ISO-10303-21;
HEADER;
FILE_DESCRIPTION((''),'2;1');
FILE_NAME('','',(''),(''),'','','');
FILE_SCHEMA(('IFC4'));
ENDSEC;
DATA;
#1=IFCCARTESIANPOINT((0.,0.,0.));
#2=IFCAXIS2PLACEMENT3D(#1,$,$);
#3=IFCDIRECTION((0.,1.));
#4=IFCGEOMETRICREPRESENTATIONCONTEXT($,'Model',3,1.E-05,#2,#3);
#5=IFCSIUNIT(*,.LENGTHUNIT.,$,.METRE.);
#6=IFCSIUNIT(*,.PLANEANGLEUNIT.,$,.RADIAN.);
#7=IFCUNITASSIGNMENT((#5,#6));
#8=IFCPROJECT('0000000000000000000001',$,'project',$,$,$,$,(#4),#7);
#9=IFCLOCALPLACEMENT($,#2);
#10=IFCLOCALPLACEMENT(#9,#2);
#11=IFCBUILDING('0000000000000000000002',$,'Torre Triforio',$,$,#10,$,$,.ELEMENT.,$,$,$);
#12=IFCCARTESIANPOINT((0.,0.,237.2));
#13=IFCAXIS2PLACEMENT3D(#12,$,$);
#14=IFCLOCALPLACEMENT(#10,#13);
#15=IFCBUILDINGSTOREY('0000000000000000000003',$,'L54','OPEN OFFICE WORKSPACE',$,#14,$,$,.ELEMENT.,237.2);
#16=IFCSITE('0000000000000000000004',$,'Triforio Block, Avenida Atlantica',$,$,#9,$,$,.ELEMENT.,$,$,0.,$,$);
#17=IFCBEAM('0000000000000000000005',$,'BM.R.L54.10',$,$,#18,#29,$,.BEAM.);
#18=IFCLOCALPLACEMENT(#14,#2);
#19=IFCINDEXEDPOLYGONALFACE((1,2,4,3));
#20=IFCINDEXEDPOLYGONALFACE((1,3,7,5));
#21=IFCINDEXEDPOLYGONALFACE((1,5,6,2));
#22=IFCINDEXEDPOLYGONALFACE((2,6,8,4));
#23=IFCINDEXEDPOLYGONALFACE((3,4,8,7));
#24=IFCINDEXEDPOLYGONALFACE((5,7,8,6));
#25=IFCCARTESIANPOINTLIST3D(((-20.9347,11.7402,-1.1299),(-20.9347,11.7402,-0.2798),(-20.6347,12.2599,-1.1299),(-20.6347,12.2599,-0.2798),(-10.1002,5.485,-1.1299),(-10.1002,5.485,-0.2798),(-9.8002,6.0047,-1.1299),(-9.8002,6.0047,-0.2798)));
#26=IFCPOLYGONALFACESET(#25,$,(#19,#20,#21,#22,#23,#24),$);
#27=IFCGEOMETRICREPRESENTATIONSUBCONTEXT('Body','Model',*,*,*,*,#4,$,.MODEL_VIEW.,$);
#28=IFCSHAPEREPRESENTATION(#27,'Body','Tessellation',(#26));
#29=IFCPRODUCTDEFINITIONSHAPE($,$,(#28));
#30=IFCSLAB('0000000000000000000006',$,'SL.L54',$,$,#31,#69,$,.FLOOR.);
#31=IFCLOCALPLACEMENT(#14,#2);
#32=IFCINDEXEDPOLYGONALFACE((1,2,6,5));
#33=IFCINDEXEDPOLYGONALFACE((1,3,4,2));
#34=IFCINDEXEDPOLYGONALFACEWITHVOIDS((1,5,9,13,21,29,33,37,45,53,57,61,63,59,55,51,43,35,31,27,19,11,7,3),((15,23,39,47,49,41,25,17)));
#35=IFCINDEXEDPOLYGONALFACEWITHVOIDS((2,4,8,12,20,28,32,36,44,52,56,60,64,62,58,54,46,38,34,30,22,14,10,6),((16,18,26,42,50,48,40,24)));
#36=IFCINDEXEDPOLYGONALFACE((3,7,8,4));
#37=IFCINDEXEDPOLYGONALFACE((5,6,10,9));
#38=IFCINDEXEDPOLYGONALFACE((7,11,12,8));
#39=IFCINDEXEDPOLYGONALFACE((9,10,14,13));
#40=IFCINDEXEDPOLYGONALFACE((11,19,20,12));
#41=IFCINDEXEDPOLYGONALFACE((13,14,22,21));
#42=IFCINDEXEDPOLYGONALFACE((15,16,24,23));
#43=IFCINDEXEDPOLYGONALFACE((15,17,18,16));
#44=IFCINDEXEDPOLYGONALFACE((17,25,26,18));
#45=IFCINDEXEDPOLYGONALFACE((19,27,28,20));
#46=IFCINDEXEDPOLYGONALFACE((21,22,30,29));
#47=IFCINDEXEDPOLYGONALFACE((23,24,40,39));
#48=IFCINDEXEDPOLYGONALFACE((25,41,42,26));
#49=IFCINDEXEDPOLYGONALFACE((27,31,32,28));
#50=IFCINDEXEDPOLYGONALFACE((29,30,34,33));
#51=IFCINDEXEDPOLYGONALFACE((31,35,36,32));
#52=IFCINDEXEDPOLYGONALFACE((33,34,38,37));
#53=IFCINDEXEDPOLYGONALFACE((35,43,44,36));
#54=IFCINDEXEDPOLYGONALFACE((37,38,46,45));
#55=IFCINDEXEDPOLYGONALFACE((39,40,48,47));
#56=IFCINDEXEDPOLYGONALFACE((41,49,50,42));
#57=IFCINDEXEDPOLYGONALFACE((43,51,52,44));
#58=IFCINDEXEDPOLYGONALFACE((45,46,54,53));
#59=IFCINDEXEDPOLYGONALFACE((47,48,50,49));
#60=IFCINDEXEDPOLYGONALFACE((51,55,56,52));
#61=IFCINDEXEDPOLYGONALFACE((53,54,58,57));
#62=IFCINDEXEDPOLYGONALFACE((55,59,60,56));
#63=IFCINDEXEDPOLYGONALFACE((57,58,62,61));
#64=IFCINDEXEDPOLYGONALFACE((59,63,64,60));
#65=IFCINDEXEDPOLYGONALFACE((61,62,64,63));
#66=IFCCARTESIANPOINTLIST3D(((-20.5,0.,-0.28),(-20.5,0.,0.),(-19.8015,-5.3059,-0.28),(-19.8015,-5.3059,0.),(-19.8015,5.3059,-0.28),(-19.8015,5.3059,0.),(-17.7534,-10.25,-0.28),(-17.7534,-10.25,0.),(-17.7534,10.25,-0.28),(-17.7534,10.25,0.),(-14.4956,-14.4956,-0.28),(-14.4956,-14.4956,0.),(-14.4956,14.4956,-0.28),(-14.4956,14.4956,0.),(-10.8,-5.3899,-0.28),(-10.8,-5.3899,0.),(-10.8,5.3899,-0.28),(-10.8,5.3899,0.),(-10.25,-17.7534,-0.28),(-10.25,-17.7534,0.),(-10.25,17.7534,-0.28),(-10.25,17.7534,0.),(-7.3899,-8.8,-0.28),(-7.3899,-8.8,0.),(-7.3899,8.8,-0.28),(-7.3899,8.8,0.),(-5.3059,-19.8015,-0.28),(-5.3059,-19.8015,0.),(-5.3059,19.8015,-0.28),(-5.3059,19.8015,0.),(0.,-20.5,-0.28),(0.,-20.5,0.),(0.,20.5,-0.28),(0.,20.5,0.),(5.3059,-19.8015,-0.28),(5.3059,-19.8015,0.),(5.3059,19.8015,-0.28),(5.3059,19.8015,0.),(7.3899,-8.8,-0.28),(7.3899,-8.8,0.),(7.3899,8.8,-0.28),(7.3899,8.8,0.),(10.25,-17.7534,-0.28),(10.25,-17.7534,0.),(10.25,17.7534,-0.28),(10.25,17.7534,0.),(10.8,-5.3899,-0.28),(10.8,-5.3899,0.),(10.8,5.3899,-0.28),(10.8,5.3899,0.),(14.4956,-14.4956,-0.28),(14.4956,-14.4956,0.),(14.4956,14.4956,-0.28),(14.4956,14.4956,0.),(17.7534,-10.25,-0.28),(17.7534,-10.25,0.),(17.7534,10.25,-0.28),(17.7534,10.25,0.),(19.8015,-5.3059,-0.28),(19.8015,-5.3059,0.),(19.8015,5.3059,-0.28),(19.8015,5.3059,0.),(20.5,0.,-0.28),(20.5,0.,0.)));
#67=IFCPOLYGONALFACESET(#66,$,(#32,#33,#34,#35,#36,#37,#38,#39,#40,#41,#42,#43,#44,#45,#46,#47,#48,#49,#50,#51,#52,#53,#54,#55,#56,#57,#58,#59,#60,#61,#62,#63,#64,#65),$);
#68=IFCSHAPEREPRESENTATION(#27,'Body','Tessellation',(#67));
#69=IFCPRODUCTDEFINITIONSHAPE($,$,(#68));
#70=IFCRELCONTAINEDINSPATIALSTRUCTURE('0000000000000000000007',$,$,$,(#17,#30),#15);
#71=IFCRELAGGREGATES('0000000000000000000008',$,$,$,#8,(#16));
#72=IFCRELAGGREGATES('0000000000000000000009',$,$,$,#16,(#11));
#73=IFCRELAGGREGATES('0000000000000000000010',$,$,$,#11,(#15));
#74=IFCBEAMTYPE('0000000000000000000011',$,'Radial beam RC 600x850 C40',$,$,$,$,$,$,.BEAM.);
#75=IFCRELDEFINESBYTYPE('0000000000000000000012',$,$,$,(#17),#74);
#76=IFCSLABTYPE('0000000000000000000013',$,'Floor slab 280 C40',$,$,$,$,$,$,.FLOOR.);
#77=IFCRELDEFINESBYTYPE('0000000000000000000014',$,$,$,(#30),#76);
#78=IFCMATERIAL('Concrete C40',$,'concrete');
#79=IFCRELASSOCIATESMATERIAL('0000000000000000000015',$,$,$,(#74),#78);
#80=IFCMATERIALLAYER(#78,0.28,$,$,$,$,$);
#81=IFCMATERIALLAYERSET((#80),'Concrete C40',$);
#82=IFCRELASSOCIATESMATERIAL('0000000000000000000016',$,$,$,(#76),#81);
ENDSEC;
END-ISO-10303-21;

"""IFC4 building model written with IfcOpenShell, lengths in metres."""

from ifc_helpers import new_model, si_unit, direction, frame, origin, origin_2d, place, context, subcontext, project, spatial, polyline, rectangle, outline, extrude, material, layer, layer_set, material_profile, profile_set, type_object, element, save


model = new_model("IFC4")

# Units and contexts
model_context = context("Model", 3, precision=1e-05, world=origin(), true_north=direction((0.0, 1.0)))
body_context = subcontext(model_context, "Body", "Model", "MODEL_VIEW")
ifc_project = project(units=[si_unit("LENGTHUNIT", "METRE"), si_unit("PLANEANGLEUNIT", "RADIAN")], contexts=[model_context])

# Site, building, storey
site_placement = place(None, origin())
site = spatial("IfcSite", under=ifc_project, at=site_placement, Name="Triforio Block, Avenida Atlantica", CompositionType="ELEMENT", RefElevation=0.0)
building_placement = place(site_placement, origin())
building = spatial("IfcBuilding", under=site, at=building_placement, Name="Torre Triforio", CompositionType="ELEMENT")
storey_placement = place(building_placement, frame((0.0, 0.0, 237.2)))
storey = spatial("IfcBuildingStorey", under=building, at=storey_placement, Name="L54", Description="OPEN OFFICE WORKSPACE", CompositionType="ELEMENT", Elevation=237.2)

# Beam
ifc_material_1 = material(Name="Concrete C40", Category="concrete")
ifc_material_profile = material_profile(ifc_material_1, rectangle(XDim=0.6001, YDim=0.8501, at=origin_2d()), Name="RC 600x850")
ifc_profile_set = profile_set([ifc_material_profile], Name="Concrete C40")
beam_type = type_object("IfcBeamType", Name="Radial beam RC 600x850 C40", PredefinedType="BEAM", material=ifc_profile_set)
beam_placement = place(storey_placement, frame((-9.9502, 5.7449, -0.7048), z_axis=(-0.866031, 0.49999, 0.0), x_axis=(-0.49999, -0.866031, 0.0)))
element("IfcBeam", 1, at=beam_placement, inside=storey, type_object=beam_type, Name="BM.R.L54.10", PredefinedType="BEAM", context=body_context, shape_type="SweptSolid", body=[
    extrude(rectangle(XDim=0.6001, YDim=0.8501, at=origin_2d()), origin(), (0.0, 0.0, 1.0), 12.5105),
])

# Slab
ifc_layer_1 = layer(ifc_material_1, 0.28)
ifc_layer_set_1 = layer_set([ifc_layer_1], Name="Concrete C40")
slab_type_1 = type_object("IfcSlabType", Name="Floor slab 280 C40", PredefinedType="FLOOR", material=ifc_layer_set_1)
slab_1_placement = place(storey_placement, frame((0.0, 0.0, -0.28)))
element("IfcSlab", 2, at=slab_1_placement, inside=storey, type_object=slab_type_1, Name="SL.L54", PredefinedType="FLOOR", context=body_context, shape_type="SweptSolid", body=[
    extrude(outline(polyline([(17.7534, -10.25), (19.8015, -5.3059), (20.5, 0.0), (19.8015, 5.3059), (17.7534, 10.25), (14.4956, 14.4956), (10.25, 17.7534), (5.3059, 19.8015), (0.0, 20.5), (-5.3059, 19.8015), (-10.25, 17.7534), (-14.4956, 14.4956), (-17.7534, 10.25), (-19.8015, 5.3059), (-20.5, 0.0), (-19.8015, -5.3059), (-17.7534, -10.25), (-14.4956, -14.4956), (-10.25, -17.7534), (-5.3059, -19.8015), (0.0, -20.5), (5.3059, -19.8015), (10.25, -17.7534), (14.4956, -14.4956), (17.7534, -10.25)]), holes=[polyline([(10.8, 5.3899), (10.8, -5.3899), (7.3899, -8.8), (-7.3899, -8.8), (-10.8, -5.3899), (-10.8, 5.3899), (-7.3899, 8.8), (7.3899, 8.8), (10.8, 5.3899)])]), origin(), (0.0, 0.0, 1.0), 0.28),
])

save(model, "model.ifc")
